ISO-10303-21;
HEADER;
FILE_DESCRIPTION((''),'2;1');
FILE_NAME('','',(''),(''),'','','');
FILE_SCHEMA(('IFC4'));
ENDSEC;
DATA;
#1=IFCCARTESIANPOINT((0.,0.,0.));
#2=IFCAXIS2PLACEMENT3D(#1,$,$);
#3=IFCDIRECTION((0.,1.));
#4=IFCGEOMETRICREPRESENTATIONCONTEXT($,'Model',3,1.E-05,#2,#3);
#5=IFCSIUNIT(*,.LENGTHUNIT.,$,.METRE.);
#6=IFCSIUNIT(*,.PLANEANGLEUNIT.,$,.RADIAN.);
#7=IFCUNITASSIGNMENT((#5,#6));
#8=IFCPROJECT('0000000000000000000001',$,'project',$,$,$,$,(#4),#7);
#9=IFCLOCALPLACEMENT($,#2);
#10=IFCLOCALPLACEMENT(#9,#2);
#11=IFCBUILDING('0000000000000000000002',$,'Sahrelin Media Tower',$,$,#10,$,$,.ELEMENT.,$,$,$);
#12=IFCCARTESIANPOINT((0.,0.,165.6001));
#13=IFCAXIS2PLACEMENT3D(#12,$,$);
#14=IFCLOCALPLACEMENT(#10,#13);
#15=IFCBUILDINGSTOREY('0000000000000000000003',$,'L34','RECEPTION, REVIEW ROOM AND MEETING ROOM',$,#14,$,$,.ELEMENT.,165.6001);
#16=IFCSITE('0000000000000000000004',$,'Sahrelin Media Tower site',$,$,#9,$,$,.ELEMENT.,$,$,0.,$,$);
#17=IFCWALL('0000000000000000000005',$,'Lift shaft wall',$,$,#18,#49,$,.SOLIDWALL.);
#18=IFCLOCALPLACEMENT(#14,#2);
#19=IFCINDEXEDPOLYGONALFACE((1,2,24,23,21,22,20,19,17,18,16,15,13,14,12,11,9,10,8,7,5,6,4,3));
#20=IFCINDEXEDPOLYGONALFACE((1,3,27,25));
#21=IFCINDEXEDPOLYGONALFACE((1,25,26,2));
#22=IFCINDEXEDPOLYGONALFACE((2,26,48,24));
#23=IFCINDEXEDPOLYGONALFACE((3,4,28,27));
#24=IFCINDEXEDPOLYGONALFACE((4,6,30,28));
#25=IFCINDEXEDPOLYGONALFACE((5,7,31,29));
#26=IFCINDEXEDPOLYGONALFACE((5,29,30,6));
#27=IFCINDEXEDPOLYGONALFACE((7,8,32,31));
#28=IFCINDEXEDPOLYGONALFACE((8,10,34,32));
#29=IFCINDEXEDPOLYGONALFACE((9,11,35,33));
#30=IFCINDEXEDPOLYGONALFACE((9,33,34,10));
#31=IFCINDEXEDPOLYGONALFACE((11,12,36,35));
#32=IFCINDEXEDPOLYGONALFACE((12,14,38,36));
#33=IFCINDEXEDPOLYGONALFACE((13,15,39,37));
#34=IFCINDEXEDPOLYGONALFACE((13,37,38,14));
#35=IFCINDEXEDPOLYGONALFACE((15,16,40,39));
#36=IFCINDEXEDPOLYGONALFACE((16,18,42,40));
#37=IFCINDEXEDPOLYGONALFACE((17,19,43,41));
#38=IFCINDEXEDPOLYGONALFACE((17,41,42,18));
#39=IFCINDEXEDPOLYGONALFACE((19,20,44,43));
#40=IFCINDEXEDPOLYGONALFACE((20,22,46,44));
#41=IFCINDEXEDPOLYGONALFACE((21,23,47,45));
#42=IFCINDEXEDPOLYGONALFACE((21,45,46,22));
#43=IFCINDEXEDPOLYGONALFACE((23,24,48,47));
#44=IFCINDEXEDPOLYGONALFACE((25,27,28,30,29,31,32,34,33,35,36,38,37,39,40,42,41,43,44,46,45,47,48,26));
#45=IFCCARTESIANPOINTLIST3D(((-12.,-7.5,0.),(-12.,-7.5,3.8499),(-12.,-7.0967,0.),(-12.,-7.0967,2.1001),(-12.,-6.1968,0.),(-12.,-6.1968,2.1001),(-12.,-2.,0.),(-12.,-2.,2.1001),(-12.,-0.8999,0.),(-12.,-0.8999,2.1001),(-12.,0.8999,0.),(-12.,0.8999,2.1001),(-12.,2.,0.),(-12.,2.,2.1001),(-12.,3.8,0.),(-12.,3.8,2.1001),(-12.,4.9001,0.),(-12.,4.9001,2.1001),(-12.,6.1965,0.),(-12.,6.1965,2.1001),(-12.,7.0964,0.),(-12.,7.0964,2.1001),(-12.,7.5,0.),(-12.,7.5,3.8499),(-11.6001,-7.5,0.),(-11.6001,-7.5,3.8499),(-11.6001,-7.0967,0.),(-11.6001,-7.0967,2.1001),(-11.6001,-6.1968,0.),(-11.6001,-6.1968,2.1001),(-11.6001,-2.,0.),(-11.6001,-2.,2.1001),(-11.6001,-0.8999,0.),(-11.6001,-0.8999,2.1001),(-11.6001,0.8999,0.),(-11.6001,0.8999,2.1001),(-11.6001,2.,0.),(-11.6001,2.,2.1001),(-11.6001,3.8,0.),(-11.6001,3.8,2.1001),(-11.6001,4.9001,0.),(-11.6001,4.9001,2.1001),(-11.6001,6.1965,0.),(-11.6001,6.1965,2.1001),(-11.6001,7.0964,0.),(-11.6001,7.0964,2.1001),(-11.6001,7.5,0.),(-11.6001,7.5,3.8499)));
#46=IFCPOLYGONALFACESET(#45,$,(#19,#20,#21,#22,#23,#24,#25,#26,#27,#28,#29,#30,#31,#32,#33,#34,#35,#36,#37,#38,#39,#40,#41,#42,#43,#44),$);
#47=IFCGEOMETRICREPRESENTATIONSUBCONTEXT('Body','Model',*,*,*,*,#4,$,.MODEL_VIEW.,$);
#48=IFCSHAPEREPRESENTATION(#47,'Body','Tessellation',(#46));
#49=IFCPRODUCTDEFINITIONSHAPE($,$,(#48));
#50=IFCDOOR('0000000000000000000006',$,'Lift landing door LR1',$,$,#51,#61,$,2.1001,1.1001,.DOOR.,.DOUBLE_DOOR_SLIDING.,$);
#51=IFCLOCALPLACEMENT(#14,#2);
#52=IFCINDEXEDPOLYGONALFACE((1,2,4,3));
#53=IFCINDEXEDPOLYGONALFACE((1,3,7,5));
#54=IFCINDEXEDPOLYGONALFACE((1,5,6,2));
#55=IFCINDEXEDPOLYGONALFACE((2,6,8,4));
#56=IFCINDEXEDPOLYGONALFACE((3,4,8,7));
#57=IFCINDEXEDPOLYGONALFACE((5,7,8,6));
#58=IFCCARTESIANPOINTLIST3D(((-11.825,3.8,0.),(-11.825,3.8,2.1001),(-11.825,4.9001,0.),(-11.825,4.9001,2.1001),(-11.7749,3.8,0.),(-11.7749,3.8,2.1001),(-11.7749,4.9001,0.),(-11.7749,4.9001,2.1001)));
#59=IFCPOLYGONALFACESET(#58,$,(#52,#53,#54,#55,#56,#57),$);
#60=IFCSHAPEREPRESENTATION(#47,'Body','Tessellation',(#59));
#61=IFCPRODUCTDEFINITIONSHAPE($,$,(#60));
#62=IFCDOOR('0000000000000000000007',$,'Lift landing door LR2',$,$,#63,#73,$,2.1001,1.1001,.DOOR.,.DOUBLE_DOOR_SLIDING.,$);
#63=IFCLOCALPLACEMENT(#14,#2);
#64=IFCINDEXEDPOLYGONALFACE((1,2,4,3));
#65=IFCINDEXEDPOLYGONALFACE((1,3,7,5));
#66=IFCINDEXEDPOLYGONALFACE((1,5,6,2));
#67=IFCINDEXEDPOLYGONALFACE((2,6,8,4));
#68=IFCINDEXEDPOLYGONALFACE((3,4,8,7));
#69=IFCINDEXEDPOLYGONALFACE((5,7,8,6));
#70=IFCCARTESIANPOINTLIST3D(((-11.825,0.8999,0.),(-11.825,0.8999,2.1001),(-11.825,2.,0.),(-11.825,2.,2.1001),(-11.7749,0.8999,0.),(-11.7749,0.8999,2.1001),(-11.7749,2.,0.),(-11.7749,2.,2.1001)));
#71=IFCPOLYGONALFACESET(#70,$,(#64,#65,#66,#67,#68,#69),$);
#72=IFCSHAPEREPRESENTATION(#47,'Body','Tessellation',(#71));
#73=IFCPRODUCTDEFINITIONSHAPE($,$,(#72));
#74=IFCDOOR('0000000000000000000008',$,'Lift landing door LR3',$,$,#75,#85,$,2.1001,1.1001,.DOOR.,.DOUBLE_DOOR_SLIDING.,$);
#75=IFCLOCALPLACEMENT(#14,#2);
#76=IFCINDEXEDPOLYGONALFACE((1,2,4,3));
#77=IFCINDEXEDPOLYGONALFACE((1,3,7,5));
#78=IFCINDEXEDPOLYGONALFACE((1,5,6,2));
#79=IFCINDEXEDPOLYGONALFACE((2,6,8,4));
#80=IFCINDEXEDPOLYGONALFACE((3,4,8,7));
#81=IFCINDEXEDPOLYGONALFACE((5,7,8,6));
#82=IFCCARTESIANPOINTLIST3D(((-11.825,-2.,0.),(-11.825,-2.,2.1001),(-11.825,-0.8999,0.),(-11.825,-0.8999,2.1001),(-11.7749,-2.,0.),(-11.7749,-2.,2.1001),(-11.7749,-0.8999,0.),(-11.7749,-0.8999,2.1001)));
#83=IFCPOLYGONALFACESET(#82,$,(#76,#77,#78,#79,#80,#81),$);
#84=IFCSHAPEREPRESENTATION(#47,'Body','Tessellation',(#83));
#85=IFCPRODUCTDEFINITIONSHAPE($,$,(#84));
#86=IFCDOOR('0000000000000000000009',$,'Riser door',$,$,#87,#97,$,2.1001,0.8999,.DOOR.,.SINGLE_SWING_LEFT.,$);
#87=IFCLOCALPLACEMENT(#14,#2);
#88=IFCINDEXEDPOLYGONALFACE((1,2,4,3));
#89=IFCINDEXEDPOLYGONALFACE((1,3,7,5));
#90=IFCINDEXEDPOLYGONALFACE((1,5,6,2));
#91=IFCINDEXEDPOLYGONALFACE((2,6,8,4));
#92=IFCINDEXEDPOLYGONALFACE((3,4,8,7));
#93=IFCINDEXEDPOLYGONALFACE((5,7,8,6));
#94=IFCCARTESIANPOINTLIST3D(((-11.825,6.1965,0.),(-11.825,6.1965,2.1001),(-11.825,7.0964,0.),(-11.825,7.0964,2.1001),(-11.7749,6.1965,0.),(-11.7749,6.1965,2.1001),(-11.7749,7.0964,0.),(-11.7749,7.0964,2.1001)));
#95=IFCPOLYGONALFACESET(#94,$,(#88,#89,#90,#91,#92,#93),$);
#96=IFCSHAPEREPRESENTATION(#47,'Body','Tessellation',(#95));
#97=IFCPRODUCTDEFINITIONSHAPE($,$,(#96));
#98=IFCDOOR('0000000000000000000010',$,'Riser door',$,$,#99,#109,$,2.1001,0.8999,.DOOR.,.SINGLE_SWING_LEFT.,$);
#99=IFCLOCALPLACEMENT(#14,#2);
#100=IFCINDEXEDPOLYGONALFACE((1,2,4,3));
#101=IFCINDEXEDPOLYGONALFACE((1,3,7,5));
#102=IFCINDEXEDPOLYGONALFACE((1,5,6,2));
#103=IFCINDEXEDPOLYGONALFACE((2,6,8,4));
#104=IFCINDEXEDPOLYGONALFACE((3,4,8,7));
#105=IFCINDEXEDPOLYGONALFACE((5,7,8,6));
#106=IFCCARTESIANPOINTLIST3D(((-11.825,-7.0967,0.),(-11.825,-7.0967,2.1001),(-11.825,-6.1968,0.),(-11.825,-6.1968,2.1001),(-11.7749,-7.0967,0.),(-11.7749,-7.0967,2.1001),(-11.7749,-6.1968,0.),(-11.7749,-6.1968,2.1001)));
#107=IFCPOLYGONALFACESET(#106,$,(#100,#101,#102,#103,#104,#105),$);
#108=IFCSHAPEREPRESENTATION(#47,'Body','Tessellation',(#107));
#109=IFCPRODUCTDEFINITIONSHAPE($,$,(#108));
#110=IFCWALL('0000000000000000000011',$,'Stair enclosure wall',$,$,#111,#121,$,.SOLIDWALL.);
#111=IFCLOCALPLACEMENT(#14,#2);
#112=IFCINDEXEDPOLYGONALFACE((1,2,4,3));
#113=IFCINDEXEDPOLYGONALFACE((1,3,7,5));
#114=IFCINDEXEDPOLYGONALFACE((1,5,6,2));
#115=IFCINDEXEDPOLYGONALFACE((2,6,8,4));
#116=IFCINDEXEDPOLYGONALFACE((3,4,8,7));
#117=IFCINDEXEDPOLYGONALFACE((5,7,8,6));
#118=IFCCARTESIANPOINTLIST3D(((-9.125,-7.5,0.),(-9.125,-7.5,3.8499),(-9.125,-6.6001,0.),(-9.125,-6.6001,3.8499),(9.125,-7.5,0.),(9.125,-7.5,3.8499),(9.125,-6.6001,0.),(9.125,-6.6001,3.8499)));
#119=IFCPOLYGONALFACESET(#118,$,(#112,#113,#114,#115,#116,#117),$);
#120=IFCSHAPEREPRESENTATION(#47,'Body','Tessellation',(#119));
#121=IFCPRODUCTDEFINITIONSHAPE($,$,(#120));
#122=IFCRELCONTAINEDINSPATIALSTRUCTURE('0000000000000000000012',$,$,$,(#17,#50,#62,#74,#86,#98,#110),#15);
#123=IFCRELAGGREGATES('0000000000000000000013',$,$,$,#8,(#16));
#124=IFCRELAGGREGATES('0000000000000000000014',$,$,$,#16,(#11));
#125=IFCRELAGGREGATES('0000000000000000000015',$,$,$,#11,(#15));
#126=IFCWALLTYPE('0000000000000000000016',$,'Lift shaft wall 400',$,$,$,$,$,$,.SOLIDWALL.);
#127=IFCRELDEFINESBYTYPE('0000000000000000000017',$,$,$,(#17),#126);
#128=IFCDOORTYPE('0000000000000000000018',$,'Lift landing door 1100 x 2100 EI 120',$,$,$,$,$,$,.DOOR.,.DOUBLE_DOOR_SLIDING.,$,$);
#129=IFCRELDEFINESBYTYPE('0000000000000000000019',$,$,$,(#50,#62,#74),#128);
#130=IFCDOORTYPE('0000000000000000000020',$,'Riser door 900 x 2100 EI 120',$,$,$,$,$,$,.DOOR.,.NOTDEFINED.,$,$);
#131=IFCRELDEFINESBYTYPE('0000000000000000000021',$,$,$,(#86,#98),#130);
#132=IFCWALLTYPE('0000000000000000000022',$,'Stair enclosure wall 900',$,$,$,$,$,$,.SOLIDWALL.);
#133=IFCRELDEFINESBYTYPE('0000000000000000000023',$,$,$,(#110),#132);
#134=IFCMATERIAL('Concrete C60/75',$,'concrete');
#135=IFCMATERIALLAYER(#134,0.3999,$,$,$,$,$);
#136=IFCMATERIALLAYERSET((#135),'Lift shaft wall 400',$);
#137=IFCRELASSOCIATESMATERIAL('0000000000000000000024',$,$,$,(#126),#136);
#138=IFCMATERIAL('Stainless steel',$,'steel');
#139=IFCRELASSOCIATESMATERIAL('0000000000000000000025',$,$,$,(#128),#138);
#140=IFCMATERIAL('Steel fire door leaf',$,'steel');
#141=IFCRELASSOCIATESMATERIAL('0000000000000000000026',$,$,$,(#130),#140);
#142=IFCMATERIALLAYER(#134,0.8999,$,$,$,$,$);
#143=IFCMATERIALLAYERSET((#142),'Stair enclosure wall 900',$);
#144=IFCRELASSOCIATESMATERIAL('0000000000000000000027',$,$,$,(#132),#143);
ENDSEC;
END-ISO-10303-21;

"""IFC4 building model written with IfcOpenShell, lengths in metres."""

from ifc_helpers import new_model, si_unit, direction, frame, frame_2d, origin, place, context, subcontext, project, spatial, rectangle, extrude, material, layer, layer_set, type_object, element, fill, save


model = new_model("IFC4")

# Units and contexts
model_context = context("Model", 3, precision=1e-05, world=origin(), true_north=direction((0.0, 1.0)))
body_context = subcontext(model_context, "Body", "Model", "MODEL_VIEW")
ifc_project = project(units=[si_unit("LENGTHUNIT", "METRE"), si_unit("PLANEANGLEUNIT", "RADIAN")], contexts=[model_context])

# Site, building, storey
site_placement = place(None, origin())
site = spatial("IfcSite", under=ifc_project, at=site_placement, Name="Sahrelin Media Tower site", CompositionType="ELEMENT", RefElevation=0.0)
building_placement = place(site_placement, origin())
building = spatial("IfcBuilding", under=site, at=building_placement, Name="Sahrelin Media Tower", CompositionType="ELEMENT")
storey_placement = place(building_placement, frame((0.0, 0.0, 165.6001)))
storey = spatial("IfcBuildingStorey", under=building, at=storey_placement, Name="L34", Description="RECEPTION, REVIEW ROOM AND MEETING ROOM", CompositionType="ELEMENT", Elevation=165.6001)

# Shared definitions
ifc_material_1 = material(Name="Concrete C60/75", Category="concrete")
ifc_material_2 = material(Name="Steel fire door leaf", Category="steel")

# Wall, openings, doors
ifc_layer_1 = layer(ifc_material_1, 0.3999)
ifc_layer_set_1 = layer_set([ifc_layer_1], Name="Lift shaft wall 400")
wall_type_1 = type_object("IfcWallType", Name="Lift shaft wall 400", PredefinedType="SOLIDWALL", material=ifc_layer_set_1)
wall_1_placement = place(storey_placement, frame((-11.8, -7.5, 0.0), z_axis=(0.0, 0.0, 1.0), x_axis=(0.0, 1.0, 0.0)))
wall_1 = element("IfcWall", 1, at=wall_1_placement, inside=storey, type_object=wall_type_1, Name="Lift shaft wall", PredefinedType="SOLIDWALL", context=body_context, shape_type="SweptSolid", body=[
    extrude(rectangle(XDim=15.0, YDim=0.3999, at=frame_2d((7.5, 0.0))), origin(), (0.0, 0.0, 1.0), 3.8499),
])
opening_1_placement = place(wall_1_placement, frame((11.3, 0.0, 0.0)))
opening_1 = element("IfcOpeningElement", 2, at=opening_1_placement, cuts=wall_1, PredefinedType="OPENING", context=body_context, shape_type="SweptSolid", body=[
    extrude(rectangle(XDim=1.1001, YDim=2.1001, at=frame_2d((0.55, 1.05))), frame((0.0, 0.2, 0.0), z_axis=(0.0, -1.0, 0.0), x_axis=(1.0, 0.0, 0.0)), (0.0, 0.0, 1.0), 0.3999),
])
opening_2_placement = place(wall_1_placement, frame((8.3999, 0.0, 0.0)))
opening_2 = element("IfcOpeningElement", 3, at=opening_2_placement, cuts=wall_1, PredefinedType="OPENING", context=body_context, shape_type="SweptSolid", body=[
    extrude(rectangle(XDim=1.1001, YDim=2.1001, at=frame_2d((0.55, 1.05))), frame((0.0, 0.2, 0.0), z_axis=(0.0, -1.0, 0.0), x_axis=(1.0, 0.0, 0.0)), (0.0, 0.0, 1.0), 0.3999),
])
opening_3_placement = place(wall_1_placement, frame((5.5, 0.0, 0.0)))
opening_3 = element("IfcOpeningElement", 4, at=opening_3_placement, cuts=wall_1, PredefinedType="OPENING", context=body_context, shape_type="SweptSolid", body=[
    extrude(rectangle(XDim=1.1001, YDim=2.1001, at=frame_2d((0.55, 1.05))), frame((0.0, 0.2, 0.0), z_axis=(0.0, -1.0, 0.0), x_axis=(1.0, 0.0, 0.0)), (0.0, 0.0, 1.0), 0.3999),
])
opening_4_placement = place(wall_1_placement, frame((13.6965, 0.0, 0.0)))
opening_4 = element("IfcOpeningElement", 5, at=opening_4_placement, cuts=wall_1, PredefinedType="OPENING", context=body_context, shape_type="SweptSolid", body=[
    extrude(rectangle(XDim=0.8999, YDim=2.1001, at=frame_2d((0.45, 1.05))), frame((0.0, 0.2, 0.0), z_axis=(0.0, -1.0, 0.0), x_axis=(1.0, 0.0, 0.0)), (0.0, 0.0, 1.0), 0.3999),
])
opening_5_placement = place(wall_1_placement, frame((0.4033, 0.0, 0.0)))
opening_5 = element("IfcOpeningElement", 6, at=opening_5_placement, cuts=wall_1, PredefinedType="OPENING", context=body_context, shape_type="SweptSolid", body=[
    extrude(rectangle(XDim=0.8999, YDim=2.1001, at=frame_2d((0.45, 1.05))), frame((0.0, 0.2, 0.0), z_axis=(0.0, -1.0, 0.0), x_axis=(1.0, 0.0, 0.0)), (0.0, 0.0, 1.0), 0.3999),
])
ifc_material_3 = material(Name="Stainless steel", Category="steel")
door_type_1 = type_object("IfcDoorType", Name="Lift landing door 1100 x 2100 EI 120", OperationType="DOUBLE_DOOR_SLIDING", PredefinedType="DOOR", material=ifc_material_3)
door_1_placement = place(opening_1_placement, origin())
door_1 = element("IfcDoor", 7, at=door_1_placement, inside=storey, type_object=door_type_1, Name="Lift landing door LR1", OperationType="DOUBLE_DOOR_SLIDING", OverallHeight=2.1001, OverallWidth=1.1001, PredefinedType="DOOR", context=body_context, shape_type="SweptSolid", body=[
    extrude(rectangle(XDim=1.1001, YDim=2.1001, at=frame_2d((0.55, 1.05))), frame((0.0, 0.0249, 0.0), z_axis=(0.0, -1.0, 0.0), x_axis=(1.0, 0.0, 0.0)), (0.0, 0.0, 1.0), 0.05),
])
fill(opening_1, door_1)
door_2_placement = place(opening_2_placement, origin())
door_2 = element("IfcDoor", 8, at=door_2_placement, inside=storey, type_object=door_type_1, Name="Lift landing door LR2", OperationType="DOUBLE_DOOR_SLIDING", OverallHeight=2.1001, OverallWidth=1.1001, PredefinedType="DOOR", context=body_context, shape_type="SweptSolid", body=[
    extrude(rectangle(XDim=1.1001, YDim=2.1001, at=frame_2d((0.55, 1.05))), frame((0.0, 0.0249, 0.0), z_axis=(0.0, -1.0, 0.0), x_axis=(1.0, 0.0, 0.0)), (0.0, 0.0, 1.0), 0.05),
])
fill(opening_2, door_2)
door_3_placement = place(opening_3_placement, origin())
door_3 = element("IfcDoor", 9, at=door_3_placement, inside=storey, type_object=door_type_1, Name="Lift landing door LR3", OperationType="DOUBLE_DOOR_SLIDING", OverallHeight=2.1001, OverallWidth=1.1001, PredefinedType="DOOR", context=body_context, shape_type="SweptSolid", body=[
    extrude(rectangle(XDim=1.1001, YDim=2.1001, at=frame_2d((0.55, 1.05))), frame((0.0, 0.0249, 0.0), z_axis=(0.0, -1.0, 0.0), x_axis=(1.0, 0.0, 0.0)), (0.0, 0.0, 1.0), 0.05),
])
fill(opening_3, door_3)
door_type_2 = type_object("IfcDoorType", Name="Riser door 900 x 2100 EI 120", OperationType="NOTDEFINED", PredefinedType="DOOR", material=ifc_material_2)
door_4_placement = place(opening_4_placement, origin())
door_4 = element("IfcDoor", 10, at=door_4_placement, inside=storey, type_object=door_type_2, Name="Riser door", OperationType="SINGLE_SWING_LEFT", OverallHeight=2.1001, OverallWidth=0.8999, PredefinedType="DOOR", context=body_context, shape_type="SweptSolid", body=[
    extrude(rectangle(XDim=0.8999, YDim=2.1001, at=frame_2d((0.45, 1.05))), frame((0.0, 0.0249, 0.0), z_axis=(0.0, -1.0, 0.0), x_axis=(1.0, 0.0, 0.0)), (0.0, 0.0, 1.0), 0.05),
])
fill(opening_4, door_4)
door_5_placement = place(opening_5_placement, origin())
door_5 = element("IfcDoor", 11, at=door_5_placement, inside=storey, type_object=door_type_2, Name="Riser door", OperationType="SINGLE_SWING_LEFT", OverallHeight=2.1001, OverallWidth=0.8999, PredefinedType="DOOR", context=body_context, shape_type="SweptSolid", body=[
    extrude(rectangle(XDim=0.8999, YDim=2.1001, at=frame_2d((0.45, 1.05))), frame((0.0, 0.0249, 0.0), z_axis=(0.0, -1.0, 0.0), x_axis=(1.0, 0.0, 0.0)), (0.0, 0.0, 1.0), 0.05),
])
fill(opening_5, door_5)

# Wall
ifc_layer_2 = layer(ifc_material_1, 0.8999)
ifc_layer_set_2 = layer_set([ifc_layer_2], Name="Stair enclosure wall 900")
wall_type_2 = type_object("IfcWallType", Name="Stair enclosure wall 900", PredefinedType="SOLIDWALL", material=ifc_layer_set_2)
wall_2_placement = place(storey_placement, frame((-9.125, -7.05, 0.0), z_axis=(0.0, 0.0, 1.0), x_axis=(1.0, 0.0, 0.0)))
element("IfcWall", 12, at=wall_2_placement, inside=storey, type_object=wall_type_2, Name="Stair enclosure wall", PredefinedType="SOLIDWALL", context=body_context, shape_type="SweptSolid", body=[
    extrude(rectangle(XDim=18.25, YDim=0.8999, at=frame_2d((9.125, 0.0))), origin(), (0.0, 0.0, 1.0), 3.8499),
])

save(model, "model.ifc")
